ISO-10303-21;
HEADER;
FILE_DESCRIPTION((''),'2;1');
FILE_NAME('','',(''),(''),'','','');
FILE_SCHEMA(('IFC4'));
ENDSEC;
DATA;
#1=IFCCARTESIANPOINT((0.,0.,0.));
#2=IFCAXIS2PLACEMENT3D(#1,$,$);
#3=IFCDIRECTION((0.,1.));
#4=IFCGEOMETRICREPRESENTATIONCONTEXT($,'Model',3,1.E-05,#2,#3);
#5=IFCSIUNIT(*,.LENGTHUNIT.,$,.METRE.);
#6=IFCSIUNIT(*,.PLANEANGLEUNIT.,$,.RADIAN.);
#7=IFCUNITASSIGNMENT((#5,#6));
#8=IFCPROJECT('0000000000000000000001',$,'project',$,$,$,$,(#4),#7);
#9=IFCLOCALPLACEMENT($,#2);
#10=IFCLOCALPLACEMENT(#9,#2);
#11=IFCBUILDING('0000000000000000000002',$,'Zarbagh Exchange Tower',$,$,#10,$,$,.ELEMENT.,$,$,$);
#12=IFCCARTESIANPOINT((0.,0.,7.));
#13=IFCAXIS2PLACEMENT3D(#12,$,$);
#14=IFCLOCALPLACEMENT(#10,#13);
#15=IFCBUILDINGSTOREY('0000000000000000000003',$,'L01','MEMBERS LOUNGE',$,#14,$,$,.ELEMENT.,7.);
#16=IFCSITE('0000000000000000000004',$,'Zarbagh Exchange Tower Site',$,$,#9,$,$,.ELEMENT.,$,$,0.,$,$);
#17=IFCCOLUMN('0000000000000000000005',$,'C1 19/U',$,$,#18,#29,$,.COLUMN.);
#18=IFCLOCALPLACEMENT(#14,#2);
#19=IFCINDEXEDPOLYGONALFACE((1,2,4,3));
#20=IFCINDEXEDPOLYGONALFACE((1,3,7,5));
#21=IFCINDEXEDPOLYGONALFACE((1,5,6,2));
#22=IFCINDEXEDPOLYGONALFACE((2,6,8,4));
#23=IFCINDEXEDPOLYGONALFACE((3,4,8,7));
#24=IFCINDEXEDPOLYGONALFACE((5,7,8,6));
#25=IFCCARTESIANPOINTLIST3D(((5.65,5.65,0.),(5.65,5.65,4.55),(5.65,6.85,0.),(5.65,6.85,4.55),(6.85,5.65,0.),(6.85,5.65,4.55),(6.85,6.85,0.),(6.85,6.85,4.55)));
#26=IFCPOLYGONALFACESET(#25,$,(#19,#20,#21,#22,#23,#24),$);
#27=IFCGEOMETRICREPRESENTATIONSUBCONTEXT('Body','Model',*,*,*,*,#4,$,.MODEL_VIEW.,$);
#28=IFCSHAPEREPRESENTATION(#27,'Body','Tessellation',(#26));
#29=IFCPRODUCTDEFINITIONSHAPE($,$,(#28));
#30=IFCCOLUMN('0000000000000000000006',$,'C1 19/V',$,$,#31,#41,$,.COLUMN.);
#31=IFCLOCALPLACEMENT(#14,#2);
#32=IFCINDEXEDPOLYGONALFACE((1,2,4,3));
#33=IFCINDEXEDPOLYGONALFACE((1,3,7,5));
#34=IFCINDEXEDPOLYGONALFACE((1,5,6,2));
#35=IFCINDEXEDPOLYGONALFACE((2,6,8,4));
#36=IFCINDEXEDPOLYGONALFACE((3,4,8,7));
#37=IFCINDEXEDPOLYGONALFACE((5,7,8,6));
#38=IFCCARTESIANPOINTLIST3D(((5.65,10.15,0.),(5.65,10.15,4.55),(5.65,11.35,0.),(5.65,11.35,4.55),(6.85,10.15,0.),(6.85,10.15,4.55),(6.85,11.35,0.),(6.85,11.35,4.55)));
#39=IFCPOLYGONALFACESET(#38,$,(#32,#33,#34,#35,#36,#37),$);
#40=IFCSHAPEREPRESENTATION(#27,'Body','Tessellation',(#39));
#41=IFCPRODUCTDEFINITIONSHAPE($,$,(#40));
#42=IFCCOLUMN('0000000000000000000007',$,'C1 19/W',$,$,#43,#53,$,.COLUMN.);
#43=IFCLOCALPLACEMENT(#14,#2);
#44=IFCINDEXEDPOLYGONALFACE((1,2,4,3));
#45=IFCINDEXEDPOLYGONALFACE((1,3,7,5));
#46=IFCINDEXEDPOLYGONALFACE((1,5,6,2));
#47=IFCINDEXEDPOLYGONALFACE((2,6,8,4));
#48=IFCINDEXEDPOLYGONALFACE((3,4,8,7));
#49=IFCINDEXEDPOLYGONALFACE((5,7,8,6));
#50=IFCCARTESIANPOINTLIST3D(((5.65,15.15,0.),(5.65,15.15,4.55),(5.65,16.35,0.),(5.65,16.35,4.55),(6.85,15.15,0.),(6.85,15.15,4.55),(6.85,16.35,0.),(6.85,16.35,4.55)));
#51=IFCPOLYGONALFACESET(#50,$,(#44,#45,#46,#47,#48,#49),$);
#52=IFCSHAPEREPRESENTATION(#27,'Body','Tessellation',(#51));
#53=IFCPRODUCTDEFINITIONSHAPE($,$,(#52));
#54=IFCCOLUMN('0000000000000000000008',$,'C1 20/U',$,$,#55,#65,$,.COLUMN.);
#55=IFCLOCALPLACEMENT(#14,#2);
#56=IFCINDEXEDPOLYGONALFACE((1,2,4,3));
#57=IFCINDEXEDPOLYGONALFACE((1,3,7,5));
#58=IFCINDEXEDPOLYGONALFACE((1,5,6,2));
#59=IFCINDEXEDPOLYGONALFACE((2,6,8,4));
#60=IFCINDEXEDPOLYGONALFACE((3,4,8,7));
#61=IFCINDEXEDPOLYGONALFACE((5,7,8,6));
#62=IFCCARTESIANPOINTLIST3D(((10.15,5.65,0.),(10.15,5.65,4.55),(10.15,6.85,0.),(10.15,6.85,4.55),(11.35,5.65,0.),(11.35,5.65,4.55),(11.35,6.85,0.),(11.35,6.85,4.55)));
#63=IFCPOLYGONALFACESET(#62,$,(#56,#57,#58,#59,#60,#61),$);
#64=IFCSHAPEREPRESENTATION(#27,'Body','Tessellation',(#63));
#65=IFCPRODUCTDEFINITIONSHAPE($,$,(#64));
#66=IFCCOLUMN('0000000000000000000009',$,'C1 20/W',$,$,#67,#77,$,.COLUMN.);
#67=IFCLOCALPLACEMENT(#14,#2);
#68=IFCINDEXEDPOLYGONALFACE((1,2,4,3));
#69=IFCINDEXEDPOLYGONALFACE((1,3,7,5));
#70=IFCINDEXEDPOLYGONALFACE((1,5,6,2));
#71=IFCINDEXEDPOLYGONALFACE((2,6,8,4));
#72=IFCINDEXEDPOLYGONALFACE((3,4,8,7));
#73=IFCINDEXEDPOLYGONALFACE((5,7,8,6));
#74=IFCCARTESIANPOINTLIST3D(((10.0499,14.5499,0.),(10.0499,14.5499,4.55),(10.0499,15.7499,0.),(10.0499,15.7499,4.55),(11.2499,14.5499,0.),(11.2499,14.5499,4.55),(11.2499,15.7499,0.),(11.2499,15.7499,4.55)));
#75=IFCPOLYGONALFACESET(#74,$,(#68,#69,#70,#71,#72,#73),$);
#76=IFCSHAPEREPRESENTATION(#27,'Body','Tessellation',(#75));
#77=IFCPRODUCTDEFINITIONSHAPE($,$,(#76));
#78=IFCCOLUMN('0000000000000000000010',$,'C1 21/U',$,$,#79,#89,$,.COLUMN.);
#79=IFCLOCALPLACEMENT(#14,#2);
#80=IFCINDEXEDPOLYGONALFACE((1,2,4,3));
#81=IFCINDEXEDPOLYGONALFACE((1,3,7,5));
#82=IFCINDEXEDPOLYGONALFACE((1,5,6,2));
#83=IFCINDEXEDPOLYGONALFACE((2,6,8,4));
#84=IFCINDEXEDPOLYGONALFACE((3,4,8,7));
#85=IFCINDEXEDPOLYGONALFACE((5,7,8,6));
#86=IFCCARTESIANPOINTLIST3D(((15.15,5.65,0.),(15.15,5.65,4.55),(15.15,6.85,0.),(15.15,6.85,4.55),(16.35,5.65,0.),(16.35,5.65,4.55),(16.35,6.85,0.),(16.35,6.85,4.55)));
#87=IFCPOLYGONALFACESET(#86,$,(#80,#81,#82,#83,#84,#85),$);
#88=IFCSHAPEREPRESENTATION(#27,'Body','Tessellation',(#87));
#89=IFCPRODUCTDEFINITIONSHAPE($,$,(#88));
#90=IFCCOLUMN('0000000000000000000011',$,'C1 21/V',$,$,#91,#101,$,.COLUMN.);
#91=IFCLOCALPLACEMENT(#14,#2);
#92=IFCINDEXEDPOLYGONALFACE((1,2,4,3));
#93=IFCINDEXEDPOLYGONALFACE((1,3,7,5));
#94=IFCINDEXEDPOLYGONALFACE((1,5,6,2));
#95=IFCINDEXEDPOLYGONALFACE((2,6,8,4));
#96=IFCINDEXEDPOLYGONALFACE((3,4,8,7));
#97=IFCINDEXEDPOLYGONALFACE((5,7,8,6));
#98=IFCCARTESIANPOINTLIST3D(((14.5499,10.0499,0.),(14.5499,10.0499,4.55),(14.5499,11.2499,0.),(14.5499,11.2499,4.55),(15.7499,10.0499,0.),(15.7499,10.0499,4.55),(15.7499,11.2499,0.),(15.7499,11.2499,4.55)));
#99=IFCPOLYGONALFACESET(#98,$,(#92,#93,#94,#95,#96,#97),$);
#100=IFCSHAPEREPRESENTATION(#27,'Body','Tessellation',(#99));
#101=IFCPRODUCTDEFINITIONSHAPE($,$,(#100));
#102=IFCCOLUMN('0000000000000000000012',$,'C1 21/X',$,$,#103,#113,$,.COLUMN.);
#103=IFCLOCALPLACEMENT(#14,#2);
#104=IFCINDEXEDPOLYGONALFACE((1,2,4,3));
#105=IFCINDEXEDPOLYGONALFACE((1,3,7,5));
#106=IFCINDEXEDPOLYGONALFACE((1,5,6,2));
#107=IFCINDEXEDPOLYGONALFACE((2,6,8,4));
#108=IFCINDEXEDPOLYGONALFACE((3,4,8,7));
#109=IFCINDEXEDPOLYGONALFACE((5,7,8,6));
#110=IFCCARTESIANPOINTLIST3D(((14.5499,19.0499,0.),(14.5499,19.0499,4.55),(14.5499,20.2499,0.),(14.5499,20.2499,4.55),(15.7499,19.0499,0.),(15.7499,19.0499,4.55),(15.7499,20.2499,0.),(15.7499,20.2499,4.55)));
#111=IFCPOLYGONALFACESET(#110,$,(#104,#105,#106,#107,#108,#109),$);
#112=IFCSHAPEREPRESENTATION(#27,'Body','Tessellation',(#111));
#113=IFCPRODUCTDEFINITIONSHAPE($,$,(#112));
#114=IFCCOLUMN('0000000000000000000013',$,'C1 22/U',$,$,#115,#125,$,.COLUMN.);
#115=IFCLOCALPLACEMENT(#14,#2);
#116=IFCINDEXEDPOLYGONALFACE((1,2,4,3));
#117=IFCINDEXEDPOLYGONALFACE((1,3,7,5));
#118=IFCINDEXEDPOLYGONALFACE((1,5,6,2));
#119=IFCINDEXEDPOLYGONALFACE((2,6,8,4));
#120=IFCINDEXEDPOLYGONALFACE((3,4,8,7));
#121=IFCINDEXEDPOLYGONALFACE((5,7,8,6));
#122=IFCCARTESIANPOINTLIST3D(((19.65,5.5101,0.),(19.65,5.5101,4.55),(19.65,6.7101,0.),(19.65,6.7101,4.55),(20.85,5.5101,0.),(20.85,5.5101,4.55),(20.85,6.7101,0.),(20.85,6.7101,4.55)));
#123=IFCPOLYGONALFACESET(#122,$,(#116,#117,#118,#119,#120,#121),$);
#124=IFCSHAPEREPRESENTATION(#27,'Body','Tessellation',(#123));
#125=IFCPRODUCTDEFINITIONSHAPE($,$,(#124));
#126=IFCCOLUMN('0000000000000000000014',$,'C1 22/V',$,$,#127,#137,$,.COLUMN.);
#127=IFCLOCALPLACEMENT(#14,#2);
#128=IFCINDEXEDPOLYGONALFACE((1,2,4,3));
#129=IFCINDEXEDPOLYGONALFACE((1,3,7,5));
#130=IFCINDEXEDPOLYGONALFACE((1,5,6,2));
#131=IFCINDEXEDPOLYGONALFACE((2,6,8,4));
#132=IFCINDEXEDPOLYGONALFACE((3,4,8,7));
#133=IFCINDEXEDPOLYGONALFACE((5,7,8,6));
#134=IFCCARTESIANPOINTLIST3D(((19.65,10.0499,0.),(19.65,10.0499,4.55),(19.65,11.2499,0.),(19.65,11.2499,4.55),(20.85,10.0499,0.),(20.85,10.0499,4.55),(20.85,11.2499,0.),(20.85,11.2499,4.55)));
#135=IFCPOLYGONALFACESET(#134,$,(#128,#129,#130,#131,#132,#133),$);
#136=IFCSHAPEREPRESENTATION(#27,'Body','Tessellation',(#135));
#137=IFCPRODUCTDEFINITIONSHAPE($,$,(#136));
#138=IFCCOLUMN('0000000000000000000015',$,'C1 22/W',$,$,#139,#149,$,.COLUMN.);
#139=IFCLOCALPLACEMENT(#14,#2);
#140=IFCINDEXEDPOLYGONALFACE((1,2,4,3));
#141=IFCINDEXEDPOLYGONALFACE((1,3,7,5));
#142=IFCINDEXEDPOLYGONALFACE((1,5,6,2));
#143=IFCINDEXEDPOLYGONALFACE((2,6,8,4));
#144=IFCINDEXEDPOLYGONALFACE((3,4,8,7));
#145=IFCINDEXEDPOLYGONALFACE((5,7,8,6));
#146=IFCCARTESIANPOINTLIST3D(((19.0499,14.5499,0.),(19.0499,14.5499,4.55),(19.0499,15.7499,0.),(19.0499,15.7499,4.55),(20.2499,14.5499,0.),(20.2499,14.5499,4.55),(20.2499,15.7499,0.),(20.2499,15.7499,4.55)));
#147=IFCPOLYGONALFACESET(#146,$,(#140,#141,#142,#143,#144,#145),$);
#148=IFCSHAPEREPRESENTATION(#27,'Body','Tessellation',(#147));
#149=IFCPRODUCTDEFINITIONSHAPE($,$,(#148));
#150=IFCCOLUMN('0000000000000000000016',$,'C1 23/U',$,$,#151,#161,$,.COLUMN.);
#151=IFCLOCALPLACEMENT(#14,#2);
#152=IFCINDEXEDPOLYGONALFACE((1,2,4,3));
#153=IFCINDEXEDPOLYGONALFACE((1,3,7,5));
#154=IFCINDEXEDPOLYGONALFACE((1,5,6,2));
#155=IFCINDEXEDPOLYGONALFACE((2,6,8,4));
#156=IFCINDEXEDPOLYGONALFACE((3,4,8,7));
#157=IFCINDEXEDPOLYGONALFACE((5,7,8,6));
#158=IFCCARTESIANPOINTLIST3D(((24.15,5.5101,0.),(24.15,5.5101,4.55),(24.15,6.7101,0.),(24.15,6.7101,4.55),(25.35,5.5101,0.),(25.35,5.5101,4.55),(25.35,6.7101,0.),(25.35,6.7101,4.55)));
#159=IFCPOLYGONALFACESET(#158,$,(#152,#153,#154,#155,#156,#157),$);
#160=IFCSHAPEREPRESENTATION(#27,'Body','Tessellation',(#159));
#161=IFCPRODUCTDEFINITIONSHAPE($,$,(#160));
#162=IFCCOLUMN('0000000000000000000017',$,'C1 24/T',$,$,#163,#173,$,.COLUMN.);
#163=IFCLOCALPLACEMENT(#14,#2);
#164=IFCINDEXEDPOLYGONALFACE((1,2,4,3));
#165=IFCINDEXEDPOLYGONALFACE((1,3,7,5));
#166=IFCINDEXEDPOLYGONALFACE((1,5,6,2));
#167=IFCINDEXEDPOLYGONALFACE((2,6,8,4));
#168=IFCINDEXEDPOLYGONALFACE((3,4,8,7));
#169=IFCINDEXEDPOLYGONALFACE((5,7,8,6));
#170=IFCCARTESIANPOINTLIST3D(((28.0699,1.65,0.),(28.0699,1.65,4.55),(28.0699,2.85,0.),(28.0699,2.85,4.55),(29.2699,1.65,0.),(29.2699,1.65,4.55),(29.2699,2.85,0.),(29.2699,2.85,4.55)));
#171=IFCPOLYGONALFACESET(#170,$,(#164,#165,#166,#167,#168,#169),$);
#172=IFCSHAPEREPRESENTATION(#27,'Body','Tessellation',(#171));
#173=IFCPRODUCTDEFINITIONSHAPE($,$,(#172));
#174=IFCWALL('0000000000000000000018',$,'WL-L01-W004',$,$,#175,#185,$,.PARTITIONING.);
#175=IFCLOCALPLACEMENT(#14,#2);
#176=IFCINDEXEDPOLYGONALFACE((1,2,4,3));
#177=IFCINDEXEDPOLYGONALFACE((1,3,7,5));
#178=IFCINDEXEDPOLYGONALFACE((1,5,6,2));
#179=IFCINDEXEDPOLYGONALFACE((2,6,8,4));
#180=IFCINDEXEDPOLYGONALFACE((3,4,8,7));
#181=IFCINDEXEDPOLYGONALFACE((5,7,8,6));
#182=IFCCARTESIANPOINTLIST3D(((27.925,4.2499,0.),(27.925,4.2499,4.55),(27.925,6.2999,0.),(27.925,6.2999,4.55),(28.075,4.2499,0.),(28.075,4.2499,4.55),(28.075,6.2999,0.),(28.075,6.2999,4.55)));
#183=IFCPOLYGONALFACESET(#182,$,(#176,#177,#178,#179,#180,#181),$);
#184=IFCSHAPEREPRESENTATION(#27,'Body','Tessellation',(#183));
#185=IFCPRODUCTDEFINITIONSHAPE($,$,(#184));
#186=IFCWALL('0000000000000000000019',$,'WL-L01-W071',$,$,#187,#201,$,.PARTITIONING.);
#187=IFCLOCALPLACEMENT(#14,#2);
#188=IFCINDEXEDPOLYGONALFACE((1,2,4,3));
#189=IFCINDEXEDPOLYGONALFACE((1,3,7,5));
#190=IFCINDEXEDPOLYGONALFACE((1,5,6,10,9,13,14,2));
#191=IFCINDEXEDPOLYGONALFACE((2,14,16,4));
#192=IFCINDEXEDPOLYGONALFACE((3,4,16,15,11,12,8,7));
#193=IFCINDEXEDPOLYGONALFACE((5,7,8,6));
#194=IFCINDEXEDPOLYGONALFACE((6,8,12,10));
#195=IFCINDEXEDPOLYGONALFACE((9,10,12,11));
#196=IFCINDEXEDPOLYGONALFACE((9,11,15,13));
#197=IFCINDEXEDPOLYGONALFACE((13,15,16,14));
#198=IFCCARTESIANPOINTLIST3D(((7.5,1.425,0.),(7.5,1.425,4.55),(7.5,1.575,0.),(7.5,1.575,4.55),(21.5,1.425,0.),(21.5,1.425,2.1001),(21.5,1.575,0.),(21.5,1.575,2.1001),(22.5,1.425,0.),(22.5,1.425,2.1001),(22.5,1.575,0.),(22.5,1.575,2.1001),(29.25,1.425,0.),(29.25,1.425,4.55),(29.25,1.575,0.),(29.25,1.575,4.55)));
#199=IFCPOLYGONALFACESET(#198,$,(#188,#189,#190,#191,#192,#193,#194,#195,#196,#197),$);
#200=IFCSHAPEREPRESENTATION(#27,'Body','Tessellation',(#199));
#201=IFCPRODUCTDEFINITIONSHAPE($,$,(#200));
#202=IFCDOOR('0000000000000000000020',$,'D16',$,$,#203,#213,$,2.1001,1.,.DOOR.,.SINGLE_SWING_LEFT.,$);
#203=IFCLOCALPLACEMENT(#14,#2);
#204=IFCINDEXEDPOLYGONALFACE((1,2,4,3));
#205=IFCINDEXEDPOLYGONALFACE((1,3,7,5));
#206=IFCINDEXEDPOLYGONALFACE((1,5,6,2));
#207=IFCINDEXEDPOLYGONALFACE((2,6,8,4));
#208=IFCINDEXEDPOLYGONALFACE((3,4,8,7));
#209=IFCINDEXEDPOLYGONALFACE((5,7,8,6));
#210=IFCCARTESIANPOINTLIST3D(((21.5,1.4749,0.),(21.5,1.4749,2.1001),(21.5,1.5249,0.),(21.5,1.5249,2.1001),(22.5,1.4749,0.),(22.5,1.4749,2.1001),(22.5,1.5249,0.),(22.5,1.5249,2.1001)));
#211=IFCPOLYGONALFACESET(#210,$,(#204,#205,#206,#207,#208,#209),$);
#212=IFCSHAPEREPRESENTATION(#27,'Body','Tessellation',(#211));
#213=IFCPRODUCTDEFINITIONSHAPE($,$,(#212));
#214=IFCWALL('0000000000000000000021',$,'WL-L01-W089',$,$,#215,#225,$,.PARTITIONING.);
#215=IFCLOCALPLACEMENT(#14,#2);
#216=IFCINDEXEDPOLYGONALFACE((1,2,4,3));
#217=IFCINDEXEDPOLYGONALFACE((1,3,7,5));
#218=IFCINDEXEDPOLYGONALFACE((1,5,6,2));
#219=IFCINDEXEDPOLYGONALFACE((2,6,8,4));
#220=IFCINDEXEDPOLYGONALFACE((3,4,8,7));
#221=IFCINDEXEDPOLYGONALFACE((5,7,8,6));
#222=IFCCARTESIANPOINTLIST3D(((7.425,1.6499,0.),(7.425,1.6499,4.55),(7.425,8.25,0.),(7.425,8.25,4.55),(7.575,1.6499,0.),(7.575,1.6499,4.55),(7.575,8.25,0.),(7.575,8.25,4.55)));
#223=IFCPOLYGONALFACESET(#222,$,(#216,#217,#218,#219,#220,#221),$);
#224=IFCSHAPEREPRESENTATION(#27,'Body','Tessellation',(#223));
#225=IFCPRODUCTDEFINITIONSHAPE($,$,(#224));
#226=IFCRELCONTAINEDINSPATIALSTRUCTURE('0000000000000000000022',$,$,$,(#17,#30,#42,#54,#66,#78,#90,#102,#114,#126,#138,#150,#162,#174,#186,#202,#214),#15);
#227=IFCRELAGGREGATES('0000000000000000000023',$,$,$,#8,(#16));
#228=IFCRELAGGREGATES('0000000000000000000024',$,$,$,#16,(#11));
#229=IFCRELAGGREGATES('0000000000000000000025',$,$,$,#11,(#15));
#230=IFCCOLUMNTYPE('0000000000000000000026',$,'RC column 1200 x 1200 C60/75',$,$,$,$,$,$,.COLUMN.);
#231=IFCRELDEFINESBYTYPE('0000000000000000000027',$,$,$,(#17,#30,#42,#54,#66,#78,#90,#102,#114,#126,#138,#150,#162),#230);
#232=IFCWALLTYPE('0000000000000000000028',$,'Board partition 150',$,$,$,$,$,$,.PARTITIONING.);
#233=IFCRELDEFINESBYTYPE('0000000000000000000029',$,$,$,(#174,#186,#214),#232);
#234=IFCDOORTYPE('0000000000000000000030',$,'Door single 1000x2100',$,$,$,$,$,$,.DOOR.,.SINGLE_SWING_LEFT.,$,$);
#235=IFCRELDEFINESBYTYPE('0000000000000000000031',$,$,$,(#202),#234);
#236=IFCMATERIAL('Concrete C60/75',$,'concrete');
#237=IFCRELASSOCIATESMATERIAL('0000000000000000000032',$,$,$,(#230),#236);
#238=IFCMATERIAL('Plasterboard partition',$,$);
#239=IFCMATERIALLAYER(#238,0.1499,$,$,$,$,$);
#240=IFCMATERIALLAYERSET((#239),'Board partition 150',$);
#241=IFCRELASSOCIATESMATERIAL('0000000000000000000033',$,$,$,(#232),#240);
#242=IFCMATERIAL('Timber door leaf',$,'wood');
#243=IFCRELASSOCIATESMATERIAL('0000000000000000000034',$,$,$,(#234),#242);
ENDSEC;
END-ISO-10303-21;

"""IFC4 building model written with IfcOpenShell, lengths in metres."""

from ifc_helpers import new_model, si_unit, direction, frame, frame_2d, origin, origin_2d, place, context, subcontext, project, spatial, rectangle, extrude, material, layer, layer_set, material_profile, profile_set, type_object, element, fill, save


model = new_model("IFC4")

# Units and contexts
model_context = context("Model", 3, precision=1e-05, world=origin(), true_north=direction((0.0, 1.0)))
body_context = subcontext(model_context, "Body", "Model", "MODEL_VIEW")
ifc_project = project(units=[si_unit("LENGTHUNIT", "METRE"), si_unit("PLANEANGLEUNIT", "RADIAN")], contexts=[model_context])

# Site, building, storey
site_placement = place(None, origin())
site = spatial("IfcSite", under=ifc_project, at=site_placement, Name="Zarbagh Exchange Tower Site", CompositionType="ELEMENT", RefElevation=0.0)
building_placement = place(site_placement, origin())
building = spatial("IfcBuilding", under=site, at=building_placement, Name="Zarbagh Exchange Tower", CompositionType="ELEMENT")
storey_placement = place(building_placement, frame((0.0, 0.0, 7.0)))
storey = spatial("IfcBuildingStorey", under=building, at=storey_placement, Name="L01", Description="MEMBERS LOUNGE", CompositionType="ELEMENT", Elevation=7.0)

# Columns
ifc_material_1 = material(Name="Concrete C60/75", Category="concrete")
ifc_material_profile = material_profile(ifc_material_1, rectangle(XDim=1.2, YDim=1.2, at=origin_2d()), Name="RC column 1200 x 1200 C60/75")
ifc_profile_set = profile_set([ifc_material_profile], Name="Concrete C60/75")
column_type = type_object("IfcColumnType", Name="RC column 1200 x 1200 C60/75", PredefinedType="COLUMN", material=ifc_profile_set)
for number, where, z_axis, x_axis, name in (
    (1, (6.25, 6.25, 0.0), (0.0, 0.0, 1.0), (1.0, 0.0, 0.0), "C1 19/U"),
    (2, (6.25, 10.75, 0.0), (0.0, 0.0, 1.0), (1.0, 0.0, 0.0), "C1 19/V"),
    (3, (6.25, 15.75, 0.0), (0.0, 0.0, 1.0), (1.0, 0.0, 0.0), "C1 19/W"),
    (4, (10.75, 6.25, 0.0), (0.0, 0.0, 1.0), (1.0, 0.0, 0.0), "C1 20/U"),
    (5, (10.6499, 15.1499, 0.0), (0.0, 0.0, 1.0), (1.0, 0.0, 0.0), "C1 20/W"),
    (6, (15.75, 6.25, 0.0), (0.0, 0.0, 1.0), (1.0, 0.0, 0.0), "C1 21/U"),
    (7, (15.1499, 10.6499, 0.0), (0.0, 0.0, 1.0), (1.0, 0.0, 0.0), "C1 21/V"),
    (8, (15.1499, 19.6499, 0.0), (0.0, 0.0, 1.0), (1.0, 0.0, 0.0), "C1 21/X"),
    (9, (20.25, 6.1101, 0.0), (0.0, 0.0, 1.0), (1.0, 0.0, 0.0), "C1 22/U"),
    (10, (20.25, 10.6499, 0.0), (0.0, 0.0, 1.0), (1.0, 0.0, 0.0), "C1 22/V"),
    (11, (19.6499, 15.1499, 0.0), (0.0, 0.0, 1.0), (1.0, 0.0, 0.0), "C1 22/W"),
    (12, (24.75, 6.1101, 0.0), (0.0, 0.0, 1.0), (1.0, 0.0, 0.0), "C1 23/U"),
    (13, (28.6699, 2.25, 0.0), (0.0, 0.0, 1.0), (1.0, 0.0, 0.0), "C1 24/T"),
):
    element("IfcColumn", number, at=place(storey_placement, frame(where, z_axis=z_axis, x_axis=x_axis)), inside=storey, type_object=column_type, Name=name, PredefinedType="COLUMN", context=body_context, shape_type="SweptSolid", body=[
        extrude(rectangle(XDim=1.2, YDim=1.2, at=origin_2d()), origin(), (0.0, 0.0, 1.0), 4.55),
    ])

# Wall
ifc_material_2 = material(Name="Plasterboard partition")
ifc_layer_1 = layer(ifc_material_2, 0.1499)
ifc_layer_set_1 = layer_set([ifc_layer_1], Name="Board partition 150")
wall_type_1 = type_object("IfcWallType", Name="Board partition 150", PredefinedType="PARTITIONING", material=ifc_layer_set_1)
wall_1_placement = place(storey_placement, frame((28.0, 4.25, 0.0), z_axis=(0.0, 0.0, 1.0), x_axis=(0.0, 1.0, 0.0)))
element("IfcWall", 14, at=wall_1_placement, inside=storey, type_object=wall_type_1, Name="WL-L01-W004", PredefinedType="PARTITIONING", context=body_context, shape_type="SweptSolid", body=[
    extrude(rectangle(XDim=2.05, YDim=0.1499, at=frame_2d((1.0249, 0.0))), origin(), (0.0, 0.0, 1.0), 4.55),
])

# Wall, opening, door
wall_2_placement = place(storey_placement, frame((7.5, 1.5, 0.0), z_axis=(0.0, 0.0, 1.0), x_axis=(1.0, 0.0, 0.0)))
wall_2 = element("IfcWall", 15, at=wall_2_placement, inside=storey, type_object=wall_type_1, Name="WL-L01-W071", PredefinedType="PARTITIONING", context=body_context, shape_type="SweptSolid", body=[
    extrude(rectangle(XDim=21.75, YDim=0.1499, at=frame_2d((10.875, 0.0))), origin(), (0.0, 0.0, 1.0), 4.55),
])
opening_1_placement = place(wall_2_placement, frame((14.0, 0.0, 0.0)))
opening_1 = element("IfcOpeningElement", 16, at=opening_1_placement, cuts=wall_2, PredefinedType="OPENING", context=body_context, shape_type="SweptSolid", body=[
    extrude(rectangle(XDim=1.0, YDim=2.1001, at=frame_2d((0.5, 1.05))), frame((0.0, 0.085, 0.0), z_axis=(0.0, -1.0, 0.0), x_axis=(1.0, 0.0, 0.0)), (0.0, 0.0, 1.0), 0.1699),
])
ifc_material_3 = material(Name="Timber door leaf", Category="wood")
door_type_1 = type_object("IfcDoorType", Name="Door single 1000x2100", OperationType="SINGLE_SWING_LEFT", PredefinedType="DOOR", material=ifc_material_3)
door_1_placement = place(opening_1_placement, origin())
door_1 = element("IfcDoor", 17, at=door_1_placement, inside=storey, type_object=door_type_1, Name="D16", OperationType="SINGLE_SWING_LEFT", OverallHeight=2.1001, OverallWidth=1.0, PredefinedType="DOOR", context=body_context, shape_type="SweptSolid", body=[
    extrude(rectangle(XDim=1.0, YDim=2.1001, at=frame_2d((0.5, 1.05))), frame((0.0, 0.0249, 0.0), z_axis=(0.0, -1.0, 0.0), x_axis=(1.0, 0.0, 0.0)), (0.0, 0.0, 1.0), 0.05),
])
fill(opening_1, door_1)

# Wall
wall_3_placement = place(storey_placement, frame((7.5, 1.6499, 0.0), z_axis=(0.0, 0.0, 1.0), x_axis=(0.0, 1.0, 0.0)))
element("IfcWall", 18, at=wall_3_placement, inside=storey, type_object=wall_type_1, Name="WL-L01-W089", PredefinedType="PARTITIONING", context=body_context, shape_type="SweptSolid", body=[
    extrude(rectangle(XDim=6.6001, YDim=0.1499, at=frame_2d((3.3, 0.0))), origin(), (0.0, 0.0, 1.0), 4.55),
])

save(model, "model.ifc")
